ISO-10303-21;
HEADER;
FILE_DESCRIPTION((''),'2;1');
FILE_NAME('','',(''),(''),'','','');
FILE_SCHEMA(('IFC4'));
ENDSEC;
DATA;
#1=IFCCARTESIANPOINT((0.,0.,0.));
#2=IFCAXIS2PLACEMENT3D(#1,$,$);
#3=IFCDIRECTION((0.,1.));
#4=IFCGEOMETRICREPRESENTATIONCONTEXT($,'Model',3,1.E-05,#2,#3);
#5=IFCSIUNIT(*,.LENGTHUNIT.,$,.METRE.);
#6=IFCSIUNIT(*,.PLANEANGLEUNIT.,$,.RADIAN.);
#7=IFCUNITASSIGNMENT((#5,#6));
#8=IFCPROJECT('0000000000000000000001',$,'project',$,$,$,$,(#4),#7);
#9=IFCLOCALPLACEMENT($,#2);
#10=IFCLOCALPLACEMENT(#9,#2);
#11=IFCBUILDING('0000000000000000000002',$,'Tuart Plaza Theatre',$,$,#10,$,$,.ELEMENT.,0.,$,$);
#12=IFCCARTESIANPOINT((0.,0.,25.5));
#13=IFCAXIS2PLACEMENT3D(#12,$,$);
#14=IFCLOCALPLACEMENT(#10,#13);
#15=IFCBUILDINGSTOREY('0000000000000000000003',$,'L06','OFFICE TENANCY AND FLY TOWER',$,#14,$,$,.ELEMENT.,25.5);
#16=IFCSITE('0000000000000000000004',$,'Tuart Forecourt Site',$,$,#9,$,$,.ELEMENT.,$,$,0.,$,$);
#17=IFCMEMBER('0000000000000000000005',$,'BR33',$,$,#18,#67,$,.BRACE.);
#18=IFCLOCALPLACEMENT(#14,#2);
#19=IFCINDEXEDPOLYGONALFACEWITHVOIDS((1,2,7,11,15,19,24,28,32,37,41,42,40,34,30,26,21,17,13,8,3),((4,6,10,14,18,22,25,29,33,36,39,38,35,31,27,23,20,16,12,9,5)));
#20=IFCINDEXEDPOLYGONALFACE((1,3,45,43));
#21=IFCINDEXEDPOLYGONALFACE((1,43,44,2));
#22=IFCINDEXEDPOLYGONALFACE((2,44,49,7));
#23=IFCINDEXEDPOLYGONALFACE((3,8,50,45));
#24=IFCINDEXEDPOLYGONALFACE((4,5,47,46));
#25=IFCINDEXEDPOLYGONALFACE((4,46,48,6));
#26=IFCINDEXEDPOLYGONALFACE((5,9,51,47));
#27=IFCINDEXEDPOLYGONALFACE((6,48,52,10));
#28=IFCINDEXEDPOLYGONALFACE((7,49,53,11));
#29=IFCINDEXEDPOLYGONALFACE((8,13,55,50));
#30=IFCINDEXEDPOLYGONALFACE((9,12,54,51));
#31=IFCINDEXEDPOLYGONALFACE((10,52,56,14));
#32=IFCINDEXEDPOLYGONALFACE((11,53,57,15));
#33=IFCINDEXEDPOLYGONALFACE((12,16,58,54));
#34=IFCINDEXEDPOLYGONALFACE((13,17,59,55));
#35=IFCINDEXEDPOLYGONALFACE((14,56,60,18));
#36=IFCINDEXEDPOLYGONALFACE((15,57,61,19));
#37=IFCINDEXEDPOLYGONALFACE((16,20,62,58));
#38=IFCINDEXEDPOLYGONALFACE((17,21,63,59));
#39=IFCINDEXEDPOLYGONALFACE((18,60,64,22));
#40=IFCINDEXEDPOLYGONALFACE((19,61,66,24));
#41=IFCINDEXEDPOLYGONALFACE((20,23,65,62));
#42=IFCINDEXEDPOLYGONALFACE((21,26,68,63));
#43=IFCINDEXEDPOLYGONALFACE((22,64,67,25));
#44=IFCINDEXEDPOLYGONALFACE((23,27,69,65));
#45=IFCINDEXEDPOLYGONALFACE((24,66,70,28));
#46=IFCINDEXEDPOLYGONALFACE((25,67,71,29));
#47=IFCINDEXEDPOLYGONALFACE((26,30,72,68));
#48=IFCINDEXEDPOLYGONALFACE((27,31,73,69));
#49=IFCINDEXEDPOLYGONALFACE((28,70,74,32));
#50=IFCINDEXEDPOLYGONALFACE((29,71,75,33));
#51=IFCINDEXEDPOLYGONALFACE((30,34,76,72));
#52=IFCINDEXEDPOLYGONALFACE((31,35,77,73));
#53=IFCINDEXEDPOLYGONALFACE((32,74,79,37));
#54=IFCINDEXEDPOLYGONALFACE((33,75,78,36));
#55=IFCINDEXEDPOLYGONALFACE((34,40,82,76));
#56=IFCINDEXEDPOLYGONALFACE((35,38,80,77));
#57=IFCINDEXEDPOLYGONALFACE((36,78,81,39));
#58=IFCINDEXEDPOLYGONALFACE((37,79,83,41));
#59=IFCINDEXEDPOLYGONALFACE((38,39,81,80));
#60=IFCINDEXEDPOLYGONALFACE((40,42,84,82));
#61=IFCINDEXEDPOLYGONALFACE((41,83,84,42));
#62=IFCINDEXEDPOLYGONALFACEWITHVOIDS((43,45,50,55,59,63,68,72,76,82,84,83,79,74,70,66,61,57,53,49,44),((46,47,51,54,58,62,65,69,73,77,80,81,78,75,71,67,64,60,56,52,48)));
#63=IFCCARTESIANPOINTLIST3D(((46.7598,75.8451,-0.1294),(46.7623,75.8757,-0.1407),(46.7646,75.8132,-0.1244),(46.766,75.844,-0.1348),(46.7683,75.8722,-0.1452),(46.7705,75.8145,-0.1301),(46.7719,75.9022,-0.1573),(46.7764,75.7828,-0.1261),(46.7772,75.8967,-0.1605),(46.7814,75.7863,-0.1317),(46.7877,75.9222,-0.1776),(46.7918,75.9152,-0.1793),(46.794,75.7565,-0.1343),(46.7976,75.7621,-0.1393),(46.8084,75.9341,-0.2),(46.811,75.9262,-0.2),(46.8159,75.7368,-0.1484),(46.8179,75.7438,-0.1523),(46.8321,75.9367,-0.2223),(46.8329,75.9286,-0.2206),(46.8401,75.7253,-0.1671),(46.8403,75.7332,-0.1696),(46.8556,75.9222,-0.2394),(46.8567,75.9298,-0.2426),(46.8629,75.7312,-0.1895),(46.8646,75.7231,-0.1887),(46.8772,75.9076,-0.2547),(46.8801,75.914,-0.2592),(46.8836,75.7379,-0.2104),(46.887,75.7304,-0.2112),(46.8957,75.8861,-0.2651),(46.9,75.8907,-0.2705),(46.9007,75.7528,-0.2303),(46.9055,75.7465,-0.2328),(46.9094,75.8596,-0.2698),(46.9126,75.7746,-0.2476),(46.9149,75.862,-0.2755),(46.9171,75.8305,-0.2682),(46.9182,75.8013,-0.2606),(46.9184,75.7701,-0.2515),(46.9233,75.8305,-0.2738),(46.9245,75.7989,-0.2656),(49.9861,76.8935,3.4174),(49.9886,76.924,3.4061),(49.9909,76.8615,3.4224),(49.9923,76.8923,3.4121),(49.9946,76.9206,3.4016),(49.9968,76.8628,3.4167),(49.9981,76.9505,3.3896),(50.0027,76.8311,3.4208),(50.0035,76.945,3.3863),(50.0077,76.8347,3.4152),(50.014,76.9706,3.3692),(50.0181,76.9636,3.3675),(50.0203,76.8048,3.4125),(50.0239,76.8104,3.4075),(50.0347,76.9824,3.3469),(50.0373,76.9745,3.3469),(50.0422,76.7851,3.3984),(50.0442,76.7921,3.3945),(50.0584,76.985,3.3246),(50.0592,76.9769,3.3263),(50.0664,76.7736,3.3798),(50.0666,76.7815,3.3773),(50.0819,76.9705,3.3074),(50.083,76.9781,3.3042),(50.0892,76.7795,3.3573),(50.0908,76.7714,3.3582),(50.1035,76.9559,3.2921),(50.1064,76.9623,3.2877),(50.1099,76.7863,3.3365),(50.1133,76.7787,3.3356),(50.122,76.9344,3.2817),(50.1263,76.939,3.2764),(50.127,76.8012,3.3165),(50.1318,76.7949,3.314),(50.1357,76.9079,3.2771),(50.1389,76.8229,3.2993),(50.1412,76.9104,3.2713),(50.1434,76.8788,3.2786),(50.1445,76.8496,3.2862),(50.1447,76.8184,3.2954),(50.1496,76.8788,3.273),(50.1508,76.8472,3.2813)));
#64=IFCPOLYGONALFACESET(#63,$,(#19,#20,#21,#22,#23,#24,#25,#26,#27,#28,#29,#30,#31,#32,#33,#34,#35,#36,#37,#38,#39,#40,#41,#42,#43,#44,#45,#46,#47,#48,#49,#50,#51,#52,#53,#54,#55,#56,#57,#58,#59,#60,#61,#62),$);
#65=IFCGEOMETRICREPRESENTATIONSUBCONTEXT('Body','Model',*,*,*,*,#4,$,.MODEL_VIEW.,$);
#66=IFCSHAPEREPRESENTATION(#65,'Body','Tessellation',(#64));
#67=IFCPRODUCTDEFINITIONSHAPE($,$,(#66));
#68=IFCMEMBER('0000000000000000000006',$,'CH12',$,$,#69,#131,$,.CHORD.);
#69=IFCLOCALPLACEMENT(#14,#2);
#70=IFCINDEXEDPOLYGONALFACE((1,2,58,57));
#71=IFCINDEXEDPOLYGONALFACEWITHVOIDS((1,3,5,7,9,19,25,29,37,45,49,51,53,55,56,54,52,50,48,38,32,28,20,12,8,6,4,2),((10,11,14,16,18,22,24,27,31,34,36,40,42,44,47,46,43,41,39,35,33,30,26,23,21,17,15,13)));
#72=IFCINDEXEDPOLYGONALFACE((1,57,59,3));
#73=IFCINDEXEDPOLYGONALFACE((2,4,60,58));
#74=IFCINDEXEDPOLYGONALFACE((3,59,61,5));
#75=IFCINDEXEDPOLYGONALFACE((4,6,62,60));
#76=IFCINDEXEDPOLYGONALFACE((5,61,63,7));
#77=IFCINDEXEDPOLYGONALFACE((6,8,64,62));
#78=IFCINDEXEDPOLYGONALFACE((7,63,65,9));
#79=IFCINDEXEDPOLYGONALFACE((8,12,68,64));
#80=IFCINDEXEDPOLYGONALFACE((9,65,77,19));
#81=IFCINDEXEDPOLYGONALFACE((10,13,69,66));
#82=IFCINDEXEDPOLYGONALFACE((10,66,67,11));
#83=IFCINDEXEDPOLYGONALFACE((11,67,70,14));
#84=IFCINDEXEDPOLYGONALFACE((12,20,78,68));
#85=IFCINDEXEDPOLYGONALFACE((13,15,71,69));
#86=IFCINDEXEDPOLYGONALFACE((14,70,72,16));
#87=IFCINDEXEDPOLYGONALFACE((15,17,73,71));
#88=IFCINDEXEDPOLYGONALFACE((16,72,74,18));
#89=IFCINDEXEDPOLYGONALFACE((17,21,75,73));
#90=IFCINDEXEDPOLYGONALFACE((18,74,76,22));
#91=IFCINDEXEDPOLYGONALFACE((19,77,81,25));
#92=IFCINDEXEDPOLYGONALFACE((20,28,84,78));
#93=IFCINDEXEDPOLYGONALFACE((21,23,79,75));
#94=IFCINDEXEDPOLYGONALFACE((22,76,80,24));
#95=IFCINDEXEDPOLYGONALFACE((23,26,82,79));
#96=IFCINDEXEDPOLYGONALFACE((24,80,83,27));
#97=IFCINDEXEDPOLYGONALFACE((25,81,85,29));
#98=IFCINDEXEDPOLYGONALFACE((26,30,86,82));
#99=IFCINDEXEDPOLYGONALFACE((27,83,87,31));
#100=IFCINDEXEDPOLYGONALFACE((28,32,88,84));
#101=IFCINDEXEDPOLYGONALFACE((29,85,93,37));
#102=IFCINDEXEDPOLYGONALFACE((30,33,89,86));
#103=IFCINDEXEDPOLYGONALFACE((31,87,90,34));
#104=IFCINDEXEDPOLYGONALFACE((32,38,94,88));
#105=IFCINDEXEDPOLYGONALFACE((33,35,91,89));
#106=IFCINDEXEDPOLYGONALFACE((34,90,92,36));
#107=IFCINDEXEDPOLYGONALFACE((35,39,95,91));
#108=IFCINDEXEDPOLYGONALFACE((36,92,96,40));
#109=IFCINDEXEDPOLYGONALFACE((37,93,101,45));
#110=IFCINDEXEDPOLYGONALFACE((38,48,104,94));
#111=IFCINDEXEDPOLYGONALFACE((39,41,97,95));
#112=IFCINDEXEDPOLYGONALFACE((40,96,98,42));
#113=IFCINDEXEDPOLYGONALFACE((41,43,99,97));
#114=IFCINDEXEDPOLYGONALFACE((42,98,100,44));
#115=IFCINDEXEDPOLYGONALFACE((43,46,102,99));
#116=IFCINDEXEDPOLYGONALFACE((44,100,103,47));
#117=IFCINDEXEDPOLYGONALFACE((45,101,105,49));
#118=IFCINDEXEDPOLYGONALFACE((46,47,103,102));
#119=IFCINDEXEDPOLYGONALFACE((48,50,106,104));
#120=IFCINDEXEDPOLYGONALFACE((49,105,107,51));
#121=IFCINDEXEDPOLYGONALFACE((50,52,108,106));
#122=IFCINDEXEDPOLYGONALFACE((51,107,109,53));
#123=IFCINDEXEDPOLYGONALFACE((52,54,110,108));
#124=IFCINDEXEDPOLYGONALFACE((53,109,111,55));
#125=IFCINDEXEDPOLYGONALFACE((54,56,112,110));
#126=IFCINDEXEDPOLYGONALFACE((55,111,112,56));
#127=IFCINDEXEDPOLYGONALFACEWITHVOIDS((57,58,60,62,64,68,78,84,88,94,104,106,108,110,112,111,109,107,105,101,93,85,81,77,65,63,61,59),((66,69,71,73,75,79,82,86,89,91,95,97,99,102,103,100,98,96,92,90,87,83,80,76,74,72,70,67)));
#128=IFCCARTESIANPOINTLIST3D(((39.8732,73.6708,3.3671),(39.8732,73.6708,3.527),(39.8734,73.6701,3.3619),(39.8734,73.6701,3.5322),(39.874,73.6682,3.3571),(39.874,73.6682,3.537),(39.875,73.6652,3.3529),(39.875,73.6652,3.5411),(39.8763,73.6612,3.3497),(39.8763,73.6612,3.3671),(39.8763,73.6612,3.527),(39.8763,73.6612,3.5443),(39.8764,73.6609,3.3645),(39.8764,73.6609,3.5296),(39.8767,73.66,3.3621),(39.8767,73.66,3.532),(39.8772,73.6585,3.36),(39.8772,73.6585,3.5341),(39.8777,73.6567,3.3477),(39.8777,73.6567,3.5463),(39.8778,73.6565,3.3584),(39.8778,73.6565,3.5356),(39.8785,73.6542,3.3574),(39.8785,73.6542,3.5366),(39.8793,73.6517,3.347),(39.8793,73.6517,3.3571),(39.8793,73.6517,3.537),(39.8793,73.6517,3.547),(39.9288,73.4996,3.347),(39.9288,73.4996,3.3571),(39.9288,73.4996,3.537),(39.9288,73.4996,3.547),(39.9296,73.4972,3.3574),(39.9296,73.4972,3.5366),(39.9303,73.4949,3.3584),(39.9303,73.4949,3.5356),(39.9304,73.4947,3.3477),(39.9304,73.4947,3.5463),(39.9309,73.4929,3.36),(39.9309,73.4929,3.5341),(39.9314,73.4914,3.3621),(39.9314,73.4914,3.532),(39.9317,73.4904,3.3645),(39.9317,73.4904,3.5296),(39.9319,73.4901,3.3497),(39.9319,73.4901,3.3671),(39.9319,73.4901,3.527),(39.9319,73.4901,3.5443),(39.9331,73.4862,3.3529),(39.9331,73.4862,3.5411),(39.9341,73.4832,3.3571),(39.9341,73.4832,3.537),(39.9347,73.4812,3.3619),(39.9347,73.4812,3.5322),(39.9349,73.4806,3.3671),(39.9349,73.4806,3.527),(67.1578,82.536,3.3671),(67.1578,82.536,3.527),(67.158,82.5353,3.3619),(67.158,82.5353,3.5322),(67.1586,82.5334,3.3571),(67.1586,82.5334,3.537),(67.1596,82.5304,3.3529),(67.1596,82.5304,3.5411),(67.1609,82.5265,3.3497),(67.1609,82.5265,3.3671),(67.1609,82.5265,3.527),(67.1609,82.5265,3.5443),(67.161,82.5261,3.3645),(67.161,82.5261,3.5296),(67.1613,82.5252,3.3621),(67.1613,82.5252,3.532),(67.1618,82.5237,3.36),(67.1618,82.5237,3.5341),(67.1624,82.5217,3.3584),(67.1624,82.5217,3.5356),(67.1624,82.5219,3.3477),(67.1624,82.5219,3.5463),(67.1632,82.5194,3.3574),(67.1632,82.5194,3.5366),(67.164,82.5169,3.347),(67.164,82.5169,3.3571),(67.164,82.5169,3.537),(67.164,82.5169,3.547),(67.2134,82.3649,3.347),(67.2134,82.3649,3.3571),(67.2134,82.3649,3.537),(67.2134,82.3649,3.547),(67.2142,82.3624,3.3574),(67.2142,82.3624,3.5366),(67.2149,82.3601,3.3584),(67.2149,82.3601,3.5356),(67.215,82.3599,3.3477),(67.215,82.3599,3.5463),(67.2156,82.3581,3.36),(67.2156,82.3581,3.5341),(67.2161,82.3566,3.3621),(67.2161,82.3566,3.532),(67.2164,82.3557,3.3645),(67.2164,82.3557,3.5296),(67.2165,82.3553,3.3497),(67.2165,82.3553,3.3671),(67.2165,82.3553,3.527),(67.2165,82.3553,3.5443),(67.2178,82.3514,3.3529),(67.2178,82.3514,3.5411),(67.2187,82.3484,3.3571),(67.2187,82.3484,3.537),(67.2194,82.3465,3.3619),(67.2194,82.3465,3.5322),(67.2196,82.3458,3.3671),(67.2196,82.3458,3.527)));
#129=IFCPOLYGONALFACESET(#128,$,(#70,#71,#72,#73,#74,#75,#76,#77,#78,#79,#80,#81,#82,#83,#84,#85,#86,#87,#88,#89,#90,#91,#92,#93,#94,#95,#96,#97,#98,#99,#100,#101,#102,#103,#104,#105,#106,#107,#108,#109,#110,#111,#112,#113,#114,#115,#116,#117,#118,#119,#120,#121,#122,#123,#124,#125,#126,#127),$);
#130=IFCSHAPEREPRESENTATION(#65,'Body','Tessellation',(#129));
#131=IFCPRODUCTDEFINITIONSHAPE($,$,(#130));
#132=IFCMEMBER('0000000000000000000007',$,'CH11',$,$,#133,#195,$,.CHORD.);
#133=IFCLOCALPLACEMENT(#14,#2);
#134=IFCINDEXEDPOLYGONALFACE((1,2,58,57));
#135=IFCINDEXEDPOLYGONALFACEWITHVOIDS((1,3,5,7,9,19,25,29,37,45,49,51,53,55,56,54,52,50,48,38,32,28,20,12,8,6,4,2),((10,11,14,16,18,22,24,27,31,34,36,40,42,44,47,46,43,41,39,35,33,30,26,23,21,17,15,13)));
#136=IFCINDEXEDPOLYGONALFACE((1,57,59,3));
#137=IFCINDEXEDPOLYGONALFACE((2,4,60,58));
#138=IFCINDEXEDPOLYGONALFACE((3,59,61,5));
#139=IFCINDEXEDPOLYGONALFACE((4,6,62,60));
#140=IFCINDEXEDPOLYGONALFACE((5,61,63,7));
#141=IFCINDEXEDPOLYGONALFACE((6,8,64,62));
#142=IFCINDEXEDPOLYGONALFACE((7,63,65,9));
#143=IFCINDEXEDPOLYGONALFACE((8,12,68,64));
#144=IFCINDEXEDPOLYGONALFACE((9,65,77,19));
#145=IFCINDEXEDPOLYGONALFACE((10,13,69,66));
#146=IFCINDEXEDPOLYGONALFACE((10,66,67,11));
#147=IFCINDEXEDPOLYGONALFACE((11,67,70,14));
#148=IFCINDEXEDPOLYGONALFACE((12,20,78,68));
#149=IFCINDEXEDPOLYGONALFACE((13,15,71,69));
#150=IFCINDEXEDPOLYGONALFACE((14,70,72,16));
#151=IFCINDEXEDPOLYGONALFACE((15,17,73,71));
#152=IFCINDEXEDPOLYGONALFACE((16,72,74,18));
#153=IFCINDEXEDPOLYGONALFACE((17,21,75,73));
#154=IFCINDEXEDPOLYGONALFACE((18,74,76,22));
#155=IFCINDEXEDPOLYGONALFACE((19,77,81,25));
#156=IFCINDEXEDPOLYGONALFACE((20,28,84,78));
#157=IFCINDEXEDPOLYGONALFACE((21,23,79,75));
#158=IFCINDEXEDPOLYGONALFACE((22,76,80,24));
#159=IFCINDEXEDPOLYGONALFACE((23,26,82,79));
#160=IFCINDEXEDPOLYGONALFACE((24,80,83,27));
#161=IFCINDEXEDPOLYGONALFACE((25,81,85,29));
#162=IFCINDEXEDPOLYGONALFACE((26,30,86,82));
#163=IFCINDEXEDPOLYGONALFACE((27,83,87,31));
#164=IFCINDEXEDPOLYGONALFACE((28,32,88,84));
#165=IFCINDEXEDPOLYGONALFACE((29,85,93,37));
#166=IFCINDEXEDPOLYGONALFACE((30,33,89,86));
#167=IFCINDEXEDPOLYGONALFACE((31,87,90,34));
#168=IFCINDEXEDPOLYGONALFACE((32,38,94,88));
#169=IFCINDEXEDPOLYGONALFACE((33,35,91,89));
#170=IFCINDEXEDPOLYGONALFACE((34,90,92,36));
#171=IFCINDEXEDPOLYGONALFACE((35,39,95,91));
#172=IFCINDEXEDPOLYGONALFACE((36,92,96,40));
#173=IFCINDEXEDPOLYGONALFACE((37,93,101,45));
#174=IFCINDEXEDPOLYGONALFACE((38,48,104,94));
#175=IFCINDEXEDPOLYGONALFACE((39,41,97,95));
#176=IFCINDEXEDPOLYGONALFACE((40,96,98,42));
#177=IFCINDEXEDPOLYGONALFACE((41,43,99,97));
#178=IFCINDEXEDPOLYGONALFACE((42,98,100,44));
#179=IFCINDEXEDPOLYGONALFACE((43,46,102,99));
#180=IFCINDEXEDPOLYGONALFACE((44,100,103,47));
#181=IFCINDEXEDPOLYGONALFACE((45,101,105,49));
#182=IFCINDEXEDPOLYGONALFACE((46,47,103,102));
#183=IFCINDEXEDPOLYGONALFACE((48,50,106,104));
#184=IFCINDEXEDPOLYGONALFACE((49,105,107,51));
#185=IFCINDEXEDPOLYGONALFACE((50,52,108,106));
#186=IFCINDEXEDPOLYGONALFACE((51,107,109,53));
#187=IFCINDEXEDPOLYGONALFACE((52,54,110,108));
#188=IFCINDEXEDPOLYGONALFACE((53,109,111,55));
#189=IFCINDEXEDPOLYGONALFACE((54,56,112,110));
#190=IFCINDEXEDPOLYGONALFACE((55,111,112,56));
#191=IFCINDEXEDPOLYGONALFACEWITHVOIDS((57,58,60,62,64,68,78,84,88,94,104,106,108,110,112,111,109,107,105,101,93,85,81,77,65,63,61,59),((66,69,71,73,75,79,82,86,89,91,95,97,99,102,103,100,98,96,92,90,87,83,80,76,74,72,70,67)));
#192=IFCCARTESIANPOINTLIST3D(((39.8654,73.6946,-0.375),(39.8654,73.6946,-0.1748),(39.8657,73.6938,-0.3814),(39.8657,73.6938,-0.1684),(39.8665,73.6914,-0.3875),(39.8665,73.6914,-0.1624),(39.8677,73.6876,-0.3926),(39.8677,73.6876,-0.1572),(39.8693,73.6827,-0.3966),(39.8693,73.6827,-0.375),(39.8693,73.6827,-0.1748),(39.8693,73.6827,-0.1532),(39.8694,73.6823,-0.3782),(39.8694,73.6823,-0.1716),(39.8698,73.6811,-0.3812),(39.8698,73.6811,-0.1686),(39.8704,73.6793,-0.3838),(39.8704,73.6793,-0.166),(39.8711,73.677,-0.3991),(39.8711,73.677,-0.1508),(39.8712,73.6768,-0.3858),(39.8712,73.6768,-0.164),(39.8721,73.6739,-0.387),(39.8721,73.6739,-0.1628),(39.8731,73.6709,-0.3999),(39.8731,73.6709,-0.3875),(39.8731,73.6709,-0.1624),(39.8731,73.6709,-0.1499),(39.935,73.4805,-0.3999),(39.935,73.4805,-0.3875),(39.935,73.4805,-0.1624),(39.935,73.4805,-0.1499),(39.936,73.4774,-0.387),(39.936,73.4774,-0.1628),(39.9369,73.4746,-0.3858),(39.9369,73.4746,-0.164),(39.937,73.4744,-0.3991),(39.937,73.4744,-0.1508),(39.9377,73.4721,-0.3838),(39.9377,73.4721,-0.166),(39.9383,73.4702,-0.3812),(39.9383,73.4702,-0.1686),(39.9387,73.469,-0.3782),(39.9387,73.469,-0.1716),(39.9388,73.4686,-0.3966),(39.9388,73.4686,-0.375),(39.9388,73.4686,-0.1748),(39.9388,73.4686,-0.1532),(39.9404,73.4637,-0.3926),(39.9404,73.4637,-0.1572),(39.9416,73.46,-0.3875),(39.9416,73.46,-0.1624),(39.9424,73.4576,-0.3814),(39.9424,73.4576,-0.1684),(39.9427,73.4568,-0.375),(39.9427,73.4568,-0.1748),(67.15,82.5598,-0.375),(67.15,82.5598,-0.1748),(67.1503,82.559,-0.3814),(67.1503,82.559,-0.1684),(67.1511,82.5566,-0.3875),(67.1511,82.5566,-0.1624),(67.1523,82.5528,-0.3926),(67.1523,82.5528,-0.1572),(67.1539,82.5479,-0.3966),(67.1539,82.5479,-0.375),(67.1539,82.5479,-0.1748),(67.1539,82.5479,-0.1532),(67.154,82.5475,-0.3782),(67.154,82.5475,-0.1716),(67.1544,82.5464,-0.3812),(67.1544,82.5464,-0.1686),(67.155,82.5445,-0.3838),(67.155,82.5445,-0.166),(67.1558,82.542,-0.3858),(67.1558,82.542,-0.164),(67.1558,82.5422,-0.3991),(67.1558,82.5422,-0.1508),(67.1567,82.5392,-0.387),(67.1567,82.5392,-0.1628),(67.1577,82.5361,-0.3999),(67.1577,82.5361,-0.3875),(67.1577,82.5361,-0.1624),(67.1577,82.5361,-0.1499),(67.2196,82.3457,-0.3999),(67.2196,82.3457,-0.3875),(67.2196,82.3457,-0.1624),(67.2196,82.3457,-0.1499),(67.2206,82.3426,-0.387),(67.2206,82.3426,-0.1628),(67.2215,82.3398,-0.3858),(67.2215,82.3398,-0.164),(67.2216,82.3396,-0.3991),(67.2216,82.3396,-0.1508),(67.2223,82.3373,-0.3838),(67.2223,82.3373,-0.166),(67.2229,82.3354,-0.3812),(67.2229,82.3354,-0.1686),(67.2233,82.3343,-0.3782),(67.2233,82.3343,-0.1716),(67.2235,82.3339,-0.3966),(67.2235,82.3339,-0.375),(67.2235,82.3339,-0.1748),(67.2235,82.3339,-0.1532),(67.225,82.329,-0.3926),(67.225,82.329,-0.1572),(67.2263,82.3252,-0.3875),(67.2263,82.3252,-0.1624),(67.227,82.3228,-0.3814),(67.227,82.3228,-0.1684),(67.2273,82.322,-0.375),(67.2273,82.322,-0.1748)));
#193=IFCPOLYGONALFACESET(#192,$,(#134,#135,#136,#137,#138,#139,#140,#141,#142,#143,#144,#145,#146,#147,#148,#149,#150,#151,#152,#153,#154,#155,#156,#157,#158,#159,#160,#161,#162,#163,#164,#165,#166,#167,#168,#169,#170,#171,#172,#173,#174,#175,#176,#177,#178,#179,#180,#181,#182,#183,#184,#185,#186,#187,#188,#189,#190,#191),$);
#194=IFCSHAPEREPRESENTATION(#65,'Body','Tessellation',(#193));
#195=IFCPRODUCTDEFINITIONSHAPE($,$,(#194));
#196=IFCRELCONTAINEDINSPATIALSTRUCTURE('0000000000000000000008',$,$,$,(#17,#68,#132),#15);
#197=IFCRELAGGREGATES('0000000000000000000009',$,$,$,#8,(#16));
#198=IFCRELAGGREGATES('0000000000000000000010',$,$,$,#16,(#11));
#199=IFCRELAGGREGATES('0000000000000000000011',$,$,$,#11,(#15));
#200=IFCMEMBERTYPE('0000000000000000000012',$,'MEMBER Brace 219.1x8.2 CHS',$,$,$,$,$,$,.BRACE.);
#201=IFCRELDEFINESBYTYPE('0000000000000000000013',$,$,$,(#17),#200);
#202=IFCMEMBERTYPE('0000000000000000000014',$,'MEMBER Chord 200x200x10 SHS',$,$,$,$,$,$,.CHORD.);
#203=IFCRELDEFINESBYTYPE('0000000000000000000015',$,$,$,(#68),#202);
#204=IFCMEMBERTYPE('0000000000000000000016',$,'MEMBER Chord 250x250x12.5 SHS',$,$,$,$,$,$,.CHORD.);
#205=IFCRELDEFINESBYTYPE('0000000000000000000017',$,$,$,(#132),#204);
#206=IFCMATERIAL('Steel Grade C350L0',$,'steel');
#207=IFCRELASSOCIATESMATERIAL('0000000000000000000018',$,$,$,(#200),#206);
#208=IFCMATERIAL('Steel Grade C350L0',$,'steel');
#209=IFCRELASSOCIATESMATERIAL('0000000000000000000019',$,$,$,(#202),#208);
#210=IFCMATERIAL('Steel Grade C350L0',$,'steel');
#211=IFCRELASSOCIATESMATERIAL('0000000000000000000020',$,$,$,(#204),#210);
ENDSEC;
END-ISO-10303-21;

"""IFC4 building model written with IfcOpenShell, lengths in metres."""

from ifc_helpers import new_model, si_unit, direction, frame, origin, origin_2d, place, context, subcontext, project, spatial, hollow_rectangle, hollow_circle, extrude, material, material_profile, profile_set, type_object, element, save


model = new_model("IFC4")

# Units and contexts
model_context = context("Model", 3, precision=1e-05, world=origin(), true_north=direction((0.0, 1.0)))
body_context = subcontext(model_context, "Body", "Model", "MODEL_VIEW")
ifc_project = project(units=[si_unit("LENGTHUNIT", "METRE"), si_unit("PLANEANGLEUNIT", "RADIAN")], contexts=[model_context])

# Site, building, storey
site_placement = place(None, origin())
site = spatial("IfcSite", under=ifc_project, at=site_placement, Name="Tuart Forecourt Site", CompositionType="ELEMENT", RefElevation=0.0)
building_placement = place(site_placement, origin())
building = spatial("IfcBuilding", under=site, at=building_placement, Name="Tuart Plaza Theatre", CompositionType="ELEMENT", ElevationOfRefHeight=0.0)
storey_placement = place(building_placement, frame((0.0, 0.0, 25.5)))
storey = spatial("IfcBuildingStorey", under=building, at=storey_placement, Name="L06", Description="OFFICE TENANCY AND FLY TOWER", CompositionType="ELEMENT", Elevation=25.5)

# Members
ifc_material_1 = material(Name="Steel Grade C350L0", Category="steel")
ifc_material_profile_1 = material_profile(ifc_material_1, hollow_circle(Radius=0.1096, WallThickness=0.0083, at=origin_2d()), Name="219.1x8.2 CHS")
ifc_profile_set_1 = profile_set([ifc_material_profile_1], Name="Steel Grade C350L0")
member_type_1 = type_object("IfcMemberType", Name="MEMBER Brace 219.1x8.2 CHS", PredefinedType="BRACE", material=ifc_profile_set_1)
for number, where, z_axis, x_axis, name in (
    (1, (46.8423, 75.8298, -0.2), (0.657359, 0.213598, 0.722672), (-0.309029, 0.951053, 0.0), "BR33"),
):
    element("IfcMember", number, at=place(storey_placement, frame(where, z_axis=z_axis, x_axis=x_axis)), inside=storey, type_object=member_type_1, Name=name, PredefinedType="BRACE", context=body_context, shape_type="SweptSolid", body=[
        extrude(hollow_circle(Radius=0.1096, WallThickness=0.0083, at=origin_2d()), origin(), (0.0, 0.0, 1.0), 4.908),
    ])
ifc_material_2 = material(Name="Steel Grade C350L0", Category="steel")
ifc_material_profile_2 = material_profile(ifc_material_2, hollow_rectangle(XDim=0.2, YDim=0.2, WallThickness=0.01, InnerFilletRadius=0.01, OuterFilletRadius=0.02, at=origin_2d()), Name="200x200x10 SHS")
ifc_profile_set_2 = profile_set([ifc_material_profile_2], Name="Steel Grade C350L0")
member_type_2 = type_object("IfcMemberType", Name="MEMBER Chord 200x200x10 SHS", PredefinedType="CHORD", material=ifc_profile_set_2)
member_1_placement = place(storey_placement, frame((39.9041, 73.5757, 3.447), z_axis=(0.951057, 0.309014, 0.0), x_axis=(-0.309014, 0.951057, 0.0)))
element("IfcMember", 2, at=member_1_placement, inside=storey, type_object=member_type_2, Name="CH12", PredefinedType="CHORD", context=body_context, shape_type="SweptSolid", body=[
    extrude(hollow_rectangle(XDim=0.2, YDim=0.2, WallThickness=0.01, InnerFilletRadius=0.01, OuterFilletRadius=0.02, at=origin_2d()), origin(), (0.0, 0.0, 1.0), 28.6887),
])
ifc_material_3 = material(Name="Steel Grade C350L0", Category="steel")
ifc_material_profile_3 = material_profile(ifc_material_3, hollow_rectangle(XDim=0.25, YDim=0.25, WallThickness=0.0125, InnerFilletRadius=0.0125, OuterFilletRadius=0.0249, at=origin_2d()), Name="250x250x12.5 SHS")
ifc_profile_set_3 = profile_set([ifc_material_profile_3], Name="Steel Grade C350L0")
member_type_3 = type_object("IfcMemberType", Name="MEMBER Chord 250x250x12.5 SHS", PredefinedType="CHORD", material=ifc_profile_set_3)
member_2_placement = place(storey_placement, frame((39.9041, 73.5757, -0.2749), z_axis=(0.951057, 0.309014, 0.0), x_axis=(-0.309014, 0.951057, 0.0)))
element("IfcMember", 3, at=member_2_placement, inside=storey, type_object=member_type_3, Name="CH11", PredefinedType="CHORD", context=body_context, shape_type="SweptSolid", body=[
    extrude(hollow_rectangle(XDim=0.25, YDim=0.25, WallThickness=0.0125, InnerFilletRadius=0.0125, OuterFilletRadius=0.0249, at=origin_2d()), origin(), (0.0, 0.0, 1.0), 28.6887),
])

save(model, "model.ifc")
